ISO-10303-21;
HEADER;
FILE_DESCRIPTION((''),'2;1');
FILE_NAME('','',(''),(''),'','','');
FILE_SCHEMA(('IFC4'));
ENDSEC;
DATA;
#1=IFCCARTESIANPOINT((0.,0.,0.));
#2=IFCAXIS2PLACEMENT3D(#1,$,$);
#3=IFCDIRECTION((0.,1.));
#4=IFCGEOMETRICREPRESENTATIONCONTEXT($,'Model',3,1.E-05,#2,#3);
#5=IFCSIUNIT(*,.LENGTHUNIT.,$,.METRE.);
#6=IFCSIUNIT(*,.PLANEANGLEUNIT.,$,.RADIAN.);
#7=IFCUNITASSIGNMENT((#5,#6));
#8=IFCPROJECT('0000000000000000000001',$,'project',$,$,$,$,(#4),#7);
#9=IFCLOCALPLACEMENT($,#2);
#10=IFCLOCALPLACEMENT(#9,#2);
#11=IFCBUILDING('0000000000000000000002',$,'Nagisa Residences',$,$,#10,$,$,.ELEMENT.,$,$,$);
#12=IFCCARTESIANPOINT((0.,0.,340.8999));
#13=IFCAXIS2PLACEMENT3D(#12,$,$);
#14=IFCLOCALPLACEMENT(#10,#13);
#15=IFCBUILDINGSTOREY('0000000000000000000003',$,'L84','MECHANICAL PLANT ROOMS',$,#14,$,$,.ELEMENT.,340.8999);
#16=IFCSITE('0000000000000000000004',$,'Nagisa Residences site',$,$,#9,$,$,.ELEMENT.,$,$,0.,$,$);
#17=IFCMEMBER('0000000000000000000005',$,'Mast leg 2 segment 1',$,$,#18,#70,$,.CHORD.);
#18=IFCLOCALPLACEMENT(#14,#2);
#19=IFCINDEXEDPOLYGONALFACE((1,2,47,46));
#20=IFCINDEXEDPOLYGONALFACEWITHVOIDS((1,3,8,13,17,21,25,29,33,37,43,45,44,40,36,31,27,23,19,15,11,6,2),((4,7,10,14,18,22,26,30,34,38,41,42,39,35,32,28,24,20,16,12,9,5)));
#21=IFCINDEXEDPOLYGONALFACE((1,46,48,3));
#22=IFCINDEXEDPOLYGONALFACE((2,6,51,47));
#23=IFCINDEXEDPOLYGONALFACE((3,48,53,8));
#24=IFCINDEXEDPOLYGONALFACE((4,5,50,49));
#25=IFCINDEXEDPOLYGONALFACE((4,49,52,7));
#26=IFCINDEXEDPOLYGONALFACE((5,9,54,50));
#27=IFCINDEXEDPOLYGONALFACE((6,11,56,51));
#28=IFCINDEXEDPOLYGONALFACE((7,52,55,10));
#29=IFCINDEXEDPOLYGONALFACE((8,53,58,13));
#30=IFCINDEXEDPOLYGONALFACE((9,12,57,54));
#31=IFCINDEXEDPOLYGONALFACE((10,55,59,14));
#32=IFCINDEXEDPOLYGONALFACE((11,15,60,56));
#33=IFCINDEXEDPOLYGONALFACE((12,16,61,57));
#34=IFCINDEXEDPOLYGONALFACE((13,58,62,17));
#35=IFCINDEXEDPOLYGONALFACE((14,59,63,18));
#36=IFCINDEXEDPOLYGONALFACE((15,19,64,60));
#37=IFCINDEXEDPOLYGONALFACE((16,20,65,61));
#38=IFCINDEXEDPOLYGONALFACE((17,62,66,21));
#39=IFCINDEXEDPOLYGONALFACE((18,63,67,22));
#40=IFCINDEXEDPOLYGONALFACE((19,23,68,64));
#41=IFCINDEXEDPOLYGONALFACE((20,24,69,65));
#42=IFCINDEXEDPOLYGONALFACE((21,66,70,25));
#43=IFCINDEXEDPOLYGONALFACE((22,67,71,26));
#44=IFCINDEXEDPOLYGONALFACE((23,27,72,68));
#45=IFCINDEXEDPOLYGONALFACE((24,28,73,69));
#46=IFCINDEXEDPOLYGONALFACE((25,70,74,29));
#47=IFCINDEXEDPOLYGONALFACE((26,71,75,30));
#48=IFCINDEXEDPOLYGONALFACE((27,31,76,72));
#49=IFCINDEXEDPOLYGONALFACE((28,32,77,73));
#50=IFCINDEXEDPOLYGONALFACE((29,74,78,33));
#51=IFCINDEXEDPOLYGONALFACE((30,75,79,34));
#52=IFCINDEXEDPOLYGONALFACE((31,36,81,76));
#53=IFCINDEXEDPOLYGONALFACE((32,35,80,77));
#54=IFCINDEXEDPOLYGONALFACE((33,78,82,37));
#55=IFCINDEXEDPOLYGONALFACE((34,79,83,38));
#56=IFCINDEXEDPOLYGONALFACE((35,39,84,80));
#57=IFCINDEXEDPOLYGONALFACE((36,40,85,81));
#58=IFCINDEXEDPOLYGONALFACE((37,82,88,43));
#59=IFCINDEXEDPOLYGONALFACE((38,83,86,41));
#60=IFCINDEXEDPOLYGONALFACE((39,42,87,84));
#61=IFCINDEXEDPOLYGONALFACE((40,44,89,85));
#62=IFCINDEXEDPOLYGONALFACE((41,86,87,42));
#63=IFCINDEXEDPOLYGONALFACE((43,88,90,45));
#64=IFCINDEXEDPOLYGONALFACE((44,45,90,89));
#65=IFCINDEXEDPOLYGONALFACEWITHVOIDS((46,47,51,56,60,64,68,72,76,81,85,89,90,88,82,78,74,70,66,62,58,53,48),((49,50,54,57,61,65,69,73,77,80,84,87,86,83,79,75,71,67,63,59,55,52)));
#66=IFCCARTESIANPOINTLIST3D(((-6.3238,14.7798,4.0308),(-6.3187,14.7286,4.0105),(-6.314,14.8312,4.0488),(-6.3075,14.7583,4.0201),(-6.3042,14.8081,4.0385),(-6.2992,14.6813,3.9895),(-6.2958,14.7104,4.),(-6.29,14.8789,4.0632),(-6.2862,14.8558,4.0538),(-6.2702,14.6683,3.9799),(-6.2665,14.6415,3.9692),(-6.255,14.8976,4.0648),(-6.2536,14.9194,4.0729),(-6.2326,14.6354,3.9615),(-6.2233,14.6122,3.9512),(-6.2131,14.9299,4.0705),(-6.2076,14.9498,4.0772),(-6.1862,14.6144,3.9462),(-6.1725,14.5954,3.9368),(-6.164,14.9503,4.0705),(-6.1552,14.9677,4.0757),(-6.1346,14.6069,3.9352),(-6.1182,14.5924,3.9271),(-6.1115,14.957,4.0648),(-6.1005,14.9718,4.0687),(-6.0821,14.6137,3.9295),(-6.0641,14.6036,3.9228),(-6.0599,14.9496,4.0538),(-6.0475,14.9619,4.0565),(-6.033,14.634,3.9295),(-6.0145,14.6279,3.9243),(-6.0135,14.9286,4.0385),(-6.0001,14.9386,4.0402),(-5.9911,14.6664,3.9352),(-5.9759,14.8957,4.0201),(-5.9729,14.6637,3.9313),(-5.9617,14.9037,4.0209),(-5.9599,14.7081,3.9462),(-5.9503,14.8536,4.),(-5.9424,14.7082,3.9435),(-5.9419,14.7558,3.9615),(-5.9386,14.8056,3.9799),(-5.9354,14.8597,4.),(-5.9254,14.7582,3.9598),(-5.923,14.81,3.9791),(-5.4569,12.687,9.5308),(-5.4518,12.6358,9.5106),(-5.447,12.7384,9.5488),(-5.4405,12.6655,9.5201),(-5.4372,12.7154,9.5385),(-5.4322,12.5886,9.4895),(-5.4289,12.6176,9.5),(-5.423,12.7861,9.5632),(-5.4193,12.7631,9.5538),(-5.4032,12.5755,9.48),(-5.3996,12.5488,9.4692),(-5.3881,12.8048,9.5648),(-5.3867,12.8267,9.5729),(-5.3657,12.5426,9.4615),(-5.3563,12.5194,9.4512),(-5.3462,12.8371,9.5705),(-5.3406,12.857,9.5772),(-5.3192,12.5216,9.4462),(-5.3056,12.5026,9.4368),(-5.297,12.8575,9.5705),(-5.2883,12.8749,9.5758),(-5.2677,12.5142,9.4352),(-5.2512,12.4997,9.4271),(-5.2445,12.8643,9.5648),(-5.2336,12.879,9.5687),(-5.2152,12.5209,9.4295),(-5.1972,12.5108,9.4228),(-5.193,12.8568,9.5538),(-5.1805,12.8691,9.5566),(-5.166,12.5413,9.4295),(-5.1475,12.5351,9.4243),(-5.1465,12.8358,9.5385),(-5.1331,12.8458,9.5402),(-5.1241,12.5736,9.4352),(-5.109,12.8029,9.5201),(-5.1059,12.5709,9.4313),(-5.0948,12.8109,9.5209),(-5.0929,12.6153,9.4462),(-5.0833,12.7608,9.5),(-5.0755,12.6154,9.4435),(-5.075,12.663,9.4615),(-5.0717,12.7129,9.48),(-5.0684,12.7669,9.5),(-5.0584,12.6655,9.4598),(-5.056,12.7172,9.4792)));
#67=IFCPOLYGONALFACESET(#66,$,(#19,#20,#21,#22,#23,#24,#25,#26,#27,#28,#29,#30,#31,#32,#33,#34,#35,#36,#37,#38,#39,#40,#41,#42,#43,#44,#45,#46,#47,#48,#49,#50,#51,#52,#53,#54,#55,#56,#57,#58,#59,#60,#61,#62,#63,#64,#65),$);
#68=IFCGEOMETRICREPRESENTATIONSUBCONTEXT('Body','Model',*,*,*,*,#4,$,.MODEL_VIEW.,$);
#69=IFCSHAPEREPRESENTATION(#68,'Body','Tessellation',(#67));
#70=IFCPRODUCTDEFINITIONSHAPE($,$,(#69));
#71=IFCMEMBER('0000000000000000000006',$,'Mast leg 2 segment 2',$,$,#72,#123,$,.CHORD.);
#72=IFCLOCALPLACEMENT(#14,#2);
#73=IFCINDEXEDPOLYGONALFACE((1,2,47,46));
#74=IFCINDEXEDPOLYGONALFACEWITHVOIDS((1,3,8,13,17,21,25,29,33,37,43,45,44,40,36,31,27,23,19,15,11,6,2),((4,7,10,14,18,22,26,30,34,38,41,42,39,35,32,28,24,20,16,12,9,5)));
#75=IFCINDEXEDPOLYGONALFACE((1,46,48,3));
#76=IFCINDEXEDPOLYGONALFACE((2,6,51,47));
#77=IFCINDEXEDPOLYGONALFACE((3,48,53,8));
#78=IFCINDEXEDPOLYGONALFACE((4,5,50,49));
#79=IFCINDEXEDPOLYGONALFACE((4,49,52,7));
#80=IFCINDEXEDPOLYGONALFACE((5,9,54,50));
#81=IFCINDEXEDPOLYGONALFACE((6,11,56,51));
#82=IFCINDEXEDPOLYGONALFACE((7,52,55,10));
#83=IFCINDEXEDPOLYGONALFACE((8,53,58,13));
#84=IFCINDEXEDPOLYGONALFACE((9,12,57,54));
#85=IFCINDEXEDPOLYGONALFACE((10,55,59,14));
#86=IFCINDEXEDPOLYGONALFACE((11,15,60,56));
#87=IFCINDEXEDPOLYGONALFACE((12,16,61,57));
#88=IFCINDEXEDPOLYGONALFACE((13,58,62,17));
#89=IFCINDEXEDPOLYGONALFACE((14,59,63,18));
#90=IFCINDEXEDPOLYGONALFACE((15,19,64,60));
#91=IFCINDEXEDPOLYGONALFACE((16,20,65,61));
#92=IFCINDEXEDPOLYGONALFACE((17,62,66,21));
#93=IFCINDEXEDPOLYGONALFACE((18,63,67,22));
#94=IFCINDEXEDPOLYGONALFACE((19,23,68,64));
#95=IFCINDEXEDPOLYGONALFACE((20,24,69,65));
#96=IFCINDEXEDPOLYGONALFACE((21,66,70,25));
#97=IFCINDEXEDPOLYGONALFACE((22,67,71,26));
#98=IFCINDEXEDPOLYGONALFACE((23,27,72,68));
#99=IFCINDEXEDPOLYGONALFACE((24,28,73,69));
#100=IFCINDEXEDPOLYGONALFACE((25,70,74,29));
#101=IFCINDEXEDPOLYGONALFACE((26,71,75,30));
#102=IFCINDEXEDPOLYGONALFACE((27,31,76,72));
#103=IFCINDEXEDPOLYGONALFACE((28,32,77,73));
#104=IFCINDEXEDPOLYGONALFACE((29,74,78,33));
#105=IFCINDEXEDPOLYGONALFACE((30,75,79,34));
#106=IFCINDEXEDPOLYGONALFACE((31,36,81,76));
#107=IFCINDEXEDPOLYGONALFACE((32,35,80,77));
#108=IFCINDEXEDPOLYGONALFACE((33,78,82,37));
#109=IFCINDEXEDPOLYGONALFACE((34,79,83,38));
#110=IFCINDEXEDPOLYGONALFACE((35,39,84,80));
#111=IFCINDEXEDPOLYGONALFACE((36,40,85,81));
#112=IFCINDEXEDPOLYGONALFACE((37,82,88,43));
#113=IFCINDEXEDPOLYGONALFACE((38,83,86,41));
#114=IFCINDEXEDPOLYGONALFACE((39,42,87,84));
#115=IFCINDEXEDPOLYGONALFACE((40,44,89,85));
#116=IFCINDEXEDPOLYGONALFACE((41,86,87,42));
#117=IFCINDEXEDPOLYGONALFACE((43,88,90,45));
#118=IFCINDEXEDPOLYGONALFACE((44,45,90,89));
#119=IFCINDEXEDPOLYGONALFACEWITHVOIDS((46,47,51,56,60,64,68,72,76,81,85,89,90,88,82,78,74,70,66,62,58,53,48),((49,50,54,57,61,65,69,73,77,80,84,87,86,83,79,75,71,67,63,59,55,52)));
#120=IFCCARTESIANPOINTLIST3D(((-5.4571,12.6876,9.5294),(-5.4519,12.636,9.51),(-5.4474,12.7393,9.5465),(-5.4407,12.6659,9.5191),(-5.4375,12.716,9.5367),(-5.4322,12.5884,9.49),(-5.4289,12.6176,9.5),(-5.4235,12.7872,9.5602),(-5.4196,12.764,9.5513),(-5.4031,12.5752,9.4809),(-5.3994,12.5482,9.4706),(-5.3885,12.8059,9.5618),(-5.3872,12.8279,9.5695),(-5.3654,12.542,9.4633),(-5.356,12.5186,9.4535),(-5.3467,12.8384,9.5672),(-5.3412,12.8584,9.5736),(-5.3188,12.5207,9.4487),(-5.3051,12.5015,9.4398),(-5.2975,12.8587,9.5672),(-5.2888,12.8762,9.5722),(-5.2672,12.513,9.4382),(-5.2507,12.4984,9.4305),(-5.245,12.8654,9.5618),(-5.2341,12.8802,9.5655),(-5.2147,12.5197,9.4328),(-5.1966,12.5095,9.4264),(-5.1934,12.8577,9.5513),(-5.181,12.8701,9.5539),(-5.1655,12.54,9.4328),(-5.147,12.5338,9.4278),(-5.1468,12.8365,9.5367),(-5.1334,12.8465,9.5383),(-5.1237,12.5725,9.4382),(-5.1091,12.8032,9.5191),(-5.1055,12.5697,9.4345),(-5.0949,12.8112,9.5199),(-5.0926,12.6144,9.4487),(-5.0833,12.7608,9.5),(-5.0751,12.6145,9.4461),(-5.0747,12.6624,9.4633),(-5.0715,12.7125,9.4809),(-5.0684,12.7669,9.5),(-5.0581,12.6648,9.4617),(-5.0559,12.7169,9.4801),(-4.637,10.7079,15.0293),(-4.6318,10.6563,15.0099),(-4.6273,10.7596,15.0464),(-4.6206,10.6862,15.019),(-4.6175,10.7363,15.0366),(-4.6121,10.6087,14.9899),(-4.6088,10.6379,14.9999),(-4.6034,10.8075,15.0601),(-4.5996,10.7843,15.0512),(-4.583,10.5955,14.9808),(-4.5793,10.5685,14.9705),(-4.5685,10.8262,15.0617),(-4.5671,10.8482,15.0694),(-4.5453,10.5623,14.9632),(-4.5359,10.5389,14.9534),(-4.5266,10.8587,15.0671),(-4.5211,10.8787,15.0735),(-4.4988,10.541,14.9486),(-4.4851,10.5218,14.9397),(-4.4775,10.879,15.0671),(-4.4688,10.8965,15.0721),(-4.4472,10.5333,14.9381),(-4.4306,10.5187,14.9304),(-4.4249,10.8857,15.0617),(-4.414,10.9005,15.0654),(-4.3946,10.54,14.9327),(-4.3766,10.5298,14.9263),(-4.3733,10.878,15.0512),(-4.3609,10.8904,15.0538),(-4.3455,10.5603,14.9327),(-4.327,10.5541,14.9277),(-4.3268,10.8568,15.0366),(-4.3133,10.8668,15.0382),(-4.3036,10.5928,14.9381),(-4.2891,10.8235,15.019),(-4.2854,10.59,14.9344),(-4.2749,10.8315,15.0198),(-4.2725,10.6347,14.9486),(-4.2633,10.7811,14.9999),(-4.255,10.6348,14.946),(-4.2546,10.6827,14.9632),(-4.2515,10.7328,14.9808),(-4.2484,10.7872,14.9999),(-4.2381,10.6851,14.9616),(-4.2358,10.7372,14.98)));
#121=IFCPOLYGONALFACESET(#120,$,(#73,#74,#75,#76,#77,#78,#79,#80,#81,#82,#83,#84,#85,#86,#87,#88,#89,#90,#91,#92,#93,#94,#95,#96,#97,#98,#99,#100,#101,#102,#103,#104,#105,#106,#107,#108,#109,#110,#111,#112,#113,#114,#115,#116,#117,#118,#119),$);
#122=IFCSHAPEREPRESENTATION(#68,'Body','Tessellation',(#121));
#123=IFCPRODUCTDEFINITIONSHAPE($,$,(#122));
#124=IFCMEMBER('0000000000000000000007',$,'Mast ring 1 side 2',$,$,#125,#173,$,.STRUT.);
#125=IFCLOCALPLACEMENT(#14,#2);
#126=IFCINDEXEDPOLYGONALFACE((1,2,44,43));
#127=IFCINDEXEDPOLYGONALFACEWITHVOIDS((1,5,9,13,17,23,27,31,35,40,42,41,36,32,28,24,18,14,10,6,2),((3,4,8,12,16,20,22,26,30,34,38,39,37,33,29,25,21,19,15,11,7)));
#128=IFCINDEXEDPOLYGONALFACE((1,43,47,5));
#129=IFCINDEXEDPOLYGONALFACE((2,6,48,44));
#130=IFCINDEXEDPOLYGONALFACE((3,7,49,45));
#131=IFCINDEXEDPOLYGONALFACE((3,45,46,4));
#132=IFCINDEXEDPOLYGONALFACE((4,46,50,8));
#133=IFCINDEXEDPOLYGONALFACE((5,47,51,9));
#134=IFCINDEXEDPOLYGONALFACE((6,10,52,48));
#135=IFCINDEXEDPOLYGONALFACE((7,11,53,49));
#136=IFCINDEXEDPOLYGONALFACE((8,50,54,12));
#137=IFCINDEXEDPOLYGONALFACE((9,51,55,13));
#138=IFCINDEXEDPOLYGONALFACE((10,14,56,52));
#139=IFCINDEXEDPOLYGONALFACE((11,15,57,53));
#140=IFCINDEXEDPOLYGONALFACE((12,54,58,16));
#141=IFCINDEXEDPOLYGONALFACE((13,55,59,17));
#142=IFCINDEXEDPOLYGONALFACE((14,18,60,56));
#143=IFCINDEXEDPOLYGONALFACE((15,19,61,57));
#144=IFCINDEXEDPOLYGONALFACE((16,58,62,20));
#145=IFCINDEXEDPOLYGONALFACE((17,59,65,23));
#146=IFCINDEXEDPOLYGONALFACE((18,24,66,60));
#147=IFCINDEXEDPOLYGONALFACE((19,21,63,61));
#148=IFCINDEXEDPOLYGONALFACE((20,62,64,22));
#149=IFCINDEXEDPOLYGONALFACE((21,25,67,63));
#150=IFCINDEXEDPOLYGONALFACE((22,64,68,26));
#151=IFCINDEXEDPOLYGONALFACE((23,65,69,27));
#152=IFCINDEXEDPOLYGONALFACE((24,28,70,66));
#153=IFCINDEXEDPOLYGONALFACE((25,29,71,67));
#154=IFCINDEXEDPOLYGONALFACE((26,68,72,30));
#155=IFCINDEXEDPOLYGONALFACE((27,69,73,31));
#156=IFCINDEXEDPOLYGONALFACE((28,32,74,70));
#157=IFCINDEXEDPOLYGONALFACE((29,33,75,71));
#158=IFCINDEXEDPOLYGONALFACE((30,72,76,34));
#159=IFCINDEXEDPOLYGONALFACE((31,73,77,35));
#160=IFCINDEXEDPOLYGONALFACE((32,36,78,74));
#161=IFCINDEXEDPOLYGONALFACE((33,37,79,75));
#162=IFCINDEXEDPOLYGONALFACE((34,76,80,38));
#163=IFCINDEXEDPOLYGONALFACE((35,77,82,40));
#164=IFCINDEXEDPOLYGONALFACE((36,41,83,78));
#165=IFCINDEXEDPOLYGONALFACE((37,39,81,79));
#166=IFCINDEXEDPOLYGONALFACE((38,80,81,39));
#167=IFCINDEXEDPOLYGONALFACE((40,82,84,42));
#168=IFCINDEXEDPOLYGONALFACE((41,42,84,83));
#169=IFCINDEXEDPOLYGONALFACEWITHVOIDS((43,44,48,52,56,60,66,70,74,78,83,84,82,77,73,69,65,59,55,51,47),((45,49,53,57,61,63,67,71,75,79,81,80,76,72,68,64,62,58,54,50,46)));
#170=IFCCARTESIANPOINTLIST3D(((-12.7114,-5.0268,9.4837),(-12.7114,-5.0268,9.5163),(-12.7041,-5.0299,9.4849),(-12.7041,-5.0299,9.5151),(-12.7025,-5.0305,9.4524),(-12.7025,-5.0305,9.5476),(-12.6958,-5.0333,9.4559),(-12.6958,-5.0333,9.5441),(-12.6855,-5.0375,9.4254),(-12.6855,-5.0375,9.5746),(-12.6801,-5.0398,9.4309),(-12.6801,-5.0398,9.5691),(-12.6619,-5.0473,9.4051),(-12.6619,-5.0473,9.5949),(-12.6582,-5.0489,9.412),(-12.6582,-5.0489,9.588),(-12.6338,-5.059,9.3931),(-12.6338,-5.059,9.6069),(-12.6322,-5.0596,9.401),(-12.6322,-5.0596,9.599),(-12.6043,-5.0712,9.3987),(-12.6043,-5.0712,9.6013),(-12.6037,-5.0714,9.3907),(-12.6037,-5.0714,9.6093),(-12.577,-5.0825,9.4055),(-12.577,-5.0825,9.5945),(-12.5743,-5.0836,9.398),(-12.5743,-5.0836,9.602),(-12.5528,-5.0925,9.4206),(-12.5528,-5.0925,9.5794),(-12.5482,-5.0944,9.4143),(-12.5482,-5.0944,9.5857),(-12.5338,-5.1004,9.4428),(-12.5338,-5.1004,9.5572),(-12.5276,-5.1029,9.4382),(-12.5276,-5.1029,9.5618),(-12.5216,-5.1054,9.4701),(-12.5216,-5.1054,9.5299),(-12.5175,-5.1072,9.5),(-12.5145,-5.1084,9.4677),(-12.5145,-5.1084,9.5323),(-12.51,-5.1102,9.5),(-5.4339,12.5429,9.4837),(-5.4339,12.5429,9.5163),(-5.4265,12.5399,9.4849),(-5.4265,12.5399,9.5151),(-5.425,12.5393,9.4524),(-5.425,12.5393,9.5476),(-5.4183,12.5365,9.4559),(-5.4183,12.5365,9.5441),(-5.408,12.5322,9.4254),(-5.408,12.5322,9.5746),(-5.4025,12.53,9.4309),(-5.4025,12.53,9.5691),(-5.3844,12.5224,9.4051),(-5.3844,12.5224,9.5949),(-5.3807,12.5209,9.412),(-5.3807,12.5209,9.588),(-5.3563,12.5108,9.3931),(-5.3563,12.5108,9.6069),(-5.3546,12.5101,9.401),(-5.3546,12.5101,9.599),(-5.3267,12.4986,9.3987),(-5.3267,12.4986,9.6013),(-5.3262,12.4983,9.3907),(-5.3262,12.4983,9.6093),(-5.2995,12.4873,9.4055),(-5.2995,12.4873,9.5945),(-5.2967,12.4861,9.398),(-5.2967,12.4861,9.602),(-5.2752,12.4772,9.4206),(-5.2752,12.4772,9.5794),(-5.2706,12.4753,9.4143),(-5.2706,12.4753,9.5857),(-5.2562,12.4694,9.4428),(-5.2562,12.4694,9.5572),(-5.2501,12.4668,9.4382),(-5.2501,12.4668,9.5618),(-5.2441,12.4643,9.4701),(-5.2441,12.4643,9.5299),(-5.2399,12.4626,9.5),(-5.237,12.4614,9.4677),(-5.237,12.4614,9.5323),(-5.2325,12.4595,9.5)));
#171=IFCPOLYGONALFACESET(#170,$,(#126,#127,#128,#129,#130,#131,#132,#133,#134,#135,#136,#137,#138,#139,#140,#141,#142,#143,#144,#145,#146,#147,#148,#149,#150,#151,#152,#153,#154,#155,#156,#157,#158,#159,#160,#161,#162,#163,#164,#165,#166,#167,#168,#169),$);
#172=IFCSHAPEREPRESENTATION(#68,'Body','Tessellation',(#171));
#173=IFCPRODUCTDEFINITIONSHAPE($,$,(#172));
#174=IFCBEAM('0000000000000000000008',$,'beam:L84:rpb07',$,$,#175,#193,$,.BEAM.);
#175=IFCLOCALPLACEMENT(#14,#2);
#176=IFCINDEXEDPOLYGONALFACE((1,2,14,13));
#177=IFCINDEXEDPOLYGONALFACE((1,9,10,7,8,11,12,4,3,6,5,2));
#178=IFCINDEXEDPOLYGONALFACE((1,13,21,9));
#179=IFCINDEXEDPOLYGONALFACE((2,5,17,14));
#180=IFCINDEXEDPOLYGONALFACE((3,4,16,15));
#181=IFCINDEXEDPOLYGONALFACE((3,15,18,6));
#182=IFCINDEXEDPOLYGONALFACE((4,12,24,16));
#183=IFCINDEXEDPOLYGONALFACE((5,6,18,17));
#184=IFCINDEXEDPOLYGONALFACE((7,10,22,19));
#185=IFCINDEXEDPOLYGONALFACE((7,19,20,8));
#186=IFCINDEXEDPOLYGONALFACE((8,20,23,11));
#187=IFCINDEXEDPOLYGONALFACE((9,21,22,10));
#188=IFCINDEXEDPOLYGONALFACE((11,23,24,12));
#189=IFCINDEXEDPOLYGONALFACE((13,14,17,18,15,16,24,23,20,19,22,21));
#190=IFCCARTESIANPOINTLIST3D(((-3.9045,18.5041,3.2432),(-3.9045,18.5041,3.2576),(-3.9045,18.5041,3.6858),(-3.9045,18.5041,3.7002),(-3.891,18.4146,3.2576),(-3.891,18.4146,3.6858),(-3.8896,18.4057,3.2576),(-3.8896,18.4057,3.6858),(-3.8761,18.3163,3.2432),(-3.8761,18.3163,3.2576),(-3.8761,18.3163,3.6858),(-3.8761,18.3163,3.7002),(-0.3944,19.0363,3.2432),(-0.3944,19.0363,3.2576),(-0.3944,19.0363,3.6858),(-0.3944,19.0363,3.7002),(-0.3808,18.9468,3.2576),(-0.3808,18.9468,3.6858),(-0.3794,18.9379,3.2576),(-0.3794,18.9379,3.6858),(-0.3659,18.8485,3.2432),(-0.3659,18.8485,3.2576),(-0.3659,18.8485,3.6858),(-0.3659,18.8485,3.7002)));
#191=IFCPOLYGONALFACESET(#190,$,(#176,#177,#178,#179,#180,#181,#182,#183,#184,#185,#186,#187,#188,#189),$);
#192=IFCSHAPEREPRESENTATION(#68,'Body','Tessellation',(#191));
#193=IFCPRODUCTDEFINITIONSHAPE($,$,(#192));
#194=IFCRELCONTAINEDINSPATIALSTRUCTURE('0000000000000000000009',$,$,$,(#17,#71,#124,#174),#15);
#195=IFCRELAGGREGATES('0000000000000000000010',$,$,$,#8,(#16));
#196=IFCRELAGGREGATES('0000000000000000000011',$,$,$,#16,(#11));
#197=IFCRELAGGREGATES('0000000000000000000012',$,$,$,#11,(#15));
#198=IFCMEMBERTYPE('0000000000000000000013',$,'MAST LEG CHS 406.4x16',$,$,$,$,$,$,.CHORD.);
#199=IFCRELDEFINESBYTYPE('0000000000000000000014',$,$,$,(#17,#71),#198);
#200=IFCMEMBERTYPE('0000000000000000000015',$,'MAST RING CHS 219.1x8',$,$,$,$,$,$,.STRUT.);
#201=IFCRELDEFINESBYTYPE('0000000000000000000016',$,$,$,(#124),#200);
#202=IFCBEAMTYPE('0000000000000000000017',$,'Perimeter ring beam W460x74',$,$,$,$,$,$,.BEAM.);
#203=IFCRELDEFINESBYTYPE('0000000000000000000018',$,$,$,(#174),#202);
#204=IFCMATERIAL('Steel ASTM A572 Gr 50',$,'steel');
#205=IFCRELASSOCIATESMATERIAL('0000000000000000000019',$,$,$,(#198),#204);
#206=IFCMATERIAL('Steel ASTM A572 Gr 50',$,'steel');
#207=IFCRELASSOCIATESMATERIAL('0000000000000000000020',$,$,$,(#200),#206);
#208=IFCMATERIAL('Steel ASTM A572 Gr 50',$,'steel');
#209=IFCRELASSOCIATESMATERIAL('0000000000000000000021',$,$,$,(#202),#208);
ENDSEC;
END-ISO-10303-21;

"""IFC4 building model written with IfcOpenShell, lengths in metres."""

from ifc_helpers import new_model, si_unit, direction, frame, origin, origin_2d, place, context, subcontext, project, spatial, hollow_circle, i_section, extrude, material, material_profile, profile_set, type_object, element, save


model = new_model("IFC4")

# Units and contexts
model_context = context("Model", 3, precision=1e-05, world=origin(), true_north=direction((0.0, 1.0)))
body_context = subcontext(model_context, "Body", "Model", "MODEL_VIEW")
ifc_project = project(units=[si_unit("LENGTHUNIT", "METRE"), si_unit("PLANEANGLEUNIT", "RADIAN")], contexts=[model_context])

# Site, building, storey
site_placement = place(None, origin())
site = spatial("IfcSite", under=ifc_project, at=site_placement, Name="Nagisa Residences site", CompositionType="ELEMENT", RefElevation=0.0)
building_placement = place(site_placement, origin())
building = spatial("IfcBuilding", under=site, at=building_placement, Name="Nagisa Residences", CompositionType="ELEMENT")
storey_placement = place(building_placement, frame((0.0, 0.0, 340.8999)))
storey = spatial("IfcBuildingStorey", under=building, at=storey_placement, Name="L84", Description="MECHANICAL PLANT ROOMS", CompositionType="ELEMENT", Elevation=340.8999)

# Members
ifc_material_1 = material(Name="Steel ASTM A572 Gr 50", Category="steel")
ifc_material_profile_1 = material_profile(ifc_material_1, hollow_circle(Radius=0.2031, WallThickness=0.0161, at=origin_2d()), Name="MAST LEG CHS 406.4x16")
ifc_profile_set_1 = profile_set([ifc_material_profile_1], Name="Steel ASTM A572 Gr 50")
member_type_1 = type_object("IfcMemberType", Name="MAST LEG CHS 406.4x16", PredefinedType="CHORD", material=ifc_profile_set_1)
member_1_placement = place(storey_placement, frame((-6.123, 14.782, 4.0), z_axis=(0.145748, -0.351832, 0.924647), x_axis=(0.923866, 0.382717, 0.0)))
element("IfcMember", 1, at=member_1_placement, inside=storey, type_object=member_type_1, Name="Mast leg 2 segment 1", PredefinedType="CHORD", context=body_context, shape_type="SweptSolid", body=[
    extrude(hollow_circle(Radius=0.2031, WallThickness=0.0161, at=origin_2d()), origin(), (0.0, 0.0, 1.0), 5.9482),
])
member_2_placement = place(storey_placement, frame((-5.2561, 12.6892, 9.5), z_axis=(0.138931, -0.335395, 0.931777), x_axis=(0.923874, 0.382697, 0.0)))
element("IfcMember", 2, at=member_2_placement, inside=storey, type_object=member_type_1, Name="Mast leg 2 segment 2", PredefinedType="CHORD", context=body_context, shape_type="SweptSolid", body=[
    extrude(hollow_circle(Radius=0.2031, WallThickness=0.0161, at=origin_2d()), origin(), (0.0, 0.0, 1.0), 5.9026),
])
ifc_material_2 = material(Name="Steel ASTM A572 Gr 50", Category="steel")
ifc_material_profile_2 = material_profile(ifc_material_2, hollow_circle(Radius=0.1096, WallThickness=0.0081, at=origin_2d()), Name="MAST RING CHS 219.1x8")
ifc_profile_set_2 = profile_set([ifc_material_profile_2], Name="Steel ASTM A572 Gr 50")
member_type_2 = type_object("IfcMemberType", Name="MAST RING CHS 219.1x8", PredefinedType="STRUT", material=ifc_profile_set_2)
member_3_placement = place(storey_placement, frame((-5.3337, 12.5015, 9.5), z_axis=(-0.38268, -0.923881, 0.0), x_axis=(0.923881, -0.38268, 0.0)))
element("IfcMember", 3, at=member_3_placement, inside=storey, type_object=member_type_2, Name="Mast ring 1 side 2", PredefinedType="STRUT", context=body_context, shape_type="SweptSolid", body=[
    extrude(hollow_circle(Radius=0.1096, WallThickness=0.0081, at=origin_2d()), origin(), (0.0, 0.0, 1.0), 19.0173),
])

# Beam
ifc_material_3 = material(Name="Steel ASTM A572 Gr 50", Category="steel")
ifc_material_profile_3 = material_profile(ifc_material_3, i_section(OverallWidth=0.1899, OverallDepth=0.457, WebThickness=0.009, FlangeThickness=0.0144, at=origin_2d()), Name="W460x74")
ifc_profile_set_3 = profile_set([ifc_material_profile_3], Name="Steel ASTM A572 Gr 50")
beam_type = type_object("IfcBeamType", Name="Perimeter ring beam W460x74", PredefinedType="BEAM", material=ifc_profile_set_3)
beam_1_placement = place(storey_placement, frame((-0.3801, 18.9424, 3.4717), z_axis=(-0.9887, -0.149907, 0.0), x_axis=(0.149907, -0.9887, 0.0)))
element("IfcBeam", 4, at=beam_1_placement, inside=storey, type_object=beam_type, Name="beam:L84:rpb07", PredefinedType="BEAM", context=body_context, shape_type="SweptSolid", body=[
    extrude(i_section(OverallWidth=0.1899, OverallDepth=0.457, WebThickness=0.009, FlangeThickness=0.0144, at=origin_2d()), origin(), (0.0, 0.0, 1.0), 3.5503),
])

save(model, "model.ifc")
